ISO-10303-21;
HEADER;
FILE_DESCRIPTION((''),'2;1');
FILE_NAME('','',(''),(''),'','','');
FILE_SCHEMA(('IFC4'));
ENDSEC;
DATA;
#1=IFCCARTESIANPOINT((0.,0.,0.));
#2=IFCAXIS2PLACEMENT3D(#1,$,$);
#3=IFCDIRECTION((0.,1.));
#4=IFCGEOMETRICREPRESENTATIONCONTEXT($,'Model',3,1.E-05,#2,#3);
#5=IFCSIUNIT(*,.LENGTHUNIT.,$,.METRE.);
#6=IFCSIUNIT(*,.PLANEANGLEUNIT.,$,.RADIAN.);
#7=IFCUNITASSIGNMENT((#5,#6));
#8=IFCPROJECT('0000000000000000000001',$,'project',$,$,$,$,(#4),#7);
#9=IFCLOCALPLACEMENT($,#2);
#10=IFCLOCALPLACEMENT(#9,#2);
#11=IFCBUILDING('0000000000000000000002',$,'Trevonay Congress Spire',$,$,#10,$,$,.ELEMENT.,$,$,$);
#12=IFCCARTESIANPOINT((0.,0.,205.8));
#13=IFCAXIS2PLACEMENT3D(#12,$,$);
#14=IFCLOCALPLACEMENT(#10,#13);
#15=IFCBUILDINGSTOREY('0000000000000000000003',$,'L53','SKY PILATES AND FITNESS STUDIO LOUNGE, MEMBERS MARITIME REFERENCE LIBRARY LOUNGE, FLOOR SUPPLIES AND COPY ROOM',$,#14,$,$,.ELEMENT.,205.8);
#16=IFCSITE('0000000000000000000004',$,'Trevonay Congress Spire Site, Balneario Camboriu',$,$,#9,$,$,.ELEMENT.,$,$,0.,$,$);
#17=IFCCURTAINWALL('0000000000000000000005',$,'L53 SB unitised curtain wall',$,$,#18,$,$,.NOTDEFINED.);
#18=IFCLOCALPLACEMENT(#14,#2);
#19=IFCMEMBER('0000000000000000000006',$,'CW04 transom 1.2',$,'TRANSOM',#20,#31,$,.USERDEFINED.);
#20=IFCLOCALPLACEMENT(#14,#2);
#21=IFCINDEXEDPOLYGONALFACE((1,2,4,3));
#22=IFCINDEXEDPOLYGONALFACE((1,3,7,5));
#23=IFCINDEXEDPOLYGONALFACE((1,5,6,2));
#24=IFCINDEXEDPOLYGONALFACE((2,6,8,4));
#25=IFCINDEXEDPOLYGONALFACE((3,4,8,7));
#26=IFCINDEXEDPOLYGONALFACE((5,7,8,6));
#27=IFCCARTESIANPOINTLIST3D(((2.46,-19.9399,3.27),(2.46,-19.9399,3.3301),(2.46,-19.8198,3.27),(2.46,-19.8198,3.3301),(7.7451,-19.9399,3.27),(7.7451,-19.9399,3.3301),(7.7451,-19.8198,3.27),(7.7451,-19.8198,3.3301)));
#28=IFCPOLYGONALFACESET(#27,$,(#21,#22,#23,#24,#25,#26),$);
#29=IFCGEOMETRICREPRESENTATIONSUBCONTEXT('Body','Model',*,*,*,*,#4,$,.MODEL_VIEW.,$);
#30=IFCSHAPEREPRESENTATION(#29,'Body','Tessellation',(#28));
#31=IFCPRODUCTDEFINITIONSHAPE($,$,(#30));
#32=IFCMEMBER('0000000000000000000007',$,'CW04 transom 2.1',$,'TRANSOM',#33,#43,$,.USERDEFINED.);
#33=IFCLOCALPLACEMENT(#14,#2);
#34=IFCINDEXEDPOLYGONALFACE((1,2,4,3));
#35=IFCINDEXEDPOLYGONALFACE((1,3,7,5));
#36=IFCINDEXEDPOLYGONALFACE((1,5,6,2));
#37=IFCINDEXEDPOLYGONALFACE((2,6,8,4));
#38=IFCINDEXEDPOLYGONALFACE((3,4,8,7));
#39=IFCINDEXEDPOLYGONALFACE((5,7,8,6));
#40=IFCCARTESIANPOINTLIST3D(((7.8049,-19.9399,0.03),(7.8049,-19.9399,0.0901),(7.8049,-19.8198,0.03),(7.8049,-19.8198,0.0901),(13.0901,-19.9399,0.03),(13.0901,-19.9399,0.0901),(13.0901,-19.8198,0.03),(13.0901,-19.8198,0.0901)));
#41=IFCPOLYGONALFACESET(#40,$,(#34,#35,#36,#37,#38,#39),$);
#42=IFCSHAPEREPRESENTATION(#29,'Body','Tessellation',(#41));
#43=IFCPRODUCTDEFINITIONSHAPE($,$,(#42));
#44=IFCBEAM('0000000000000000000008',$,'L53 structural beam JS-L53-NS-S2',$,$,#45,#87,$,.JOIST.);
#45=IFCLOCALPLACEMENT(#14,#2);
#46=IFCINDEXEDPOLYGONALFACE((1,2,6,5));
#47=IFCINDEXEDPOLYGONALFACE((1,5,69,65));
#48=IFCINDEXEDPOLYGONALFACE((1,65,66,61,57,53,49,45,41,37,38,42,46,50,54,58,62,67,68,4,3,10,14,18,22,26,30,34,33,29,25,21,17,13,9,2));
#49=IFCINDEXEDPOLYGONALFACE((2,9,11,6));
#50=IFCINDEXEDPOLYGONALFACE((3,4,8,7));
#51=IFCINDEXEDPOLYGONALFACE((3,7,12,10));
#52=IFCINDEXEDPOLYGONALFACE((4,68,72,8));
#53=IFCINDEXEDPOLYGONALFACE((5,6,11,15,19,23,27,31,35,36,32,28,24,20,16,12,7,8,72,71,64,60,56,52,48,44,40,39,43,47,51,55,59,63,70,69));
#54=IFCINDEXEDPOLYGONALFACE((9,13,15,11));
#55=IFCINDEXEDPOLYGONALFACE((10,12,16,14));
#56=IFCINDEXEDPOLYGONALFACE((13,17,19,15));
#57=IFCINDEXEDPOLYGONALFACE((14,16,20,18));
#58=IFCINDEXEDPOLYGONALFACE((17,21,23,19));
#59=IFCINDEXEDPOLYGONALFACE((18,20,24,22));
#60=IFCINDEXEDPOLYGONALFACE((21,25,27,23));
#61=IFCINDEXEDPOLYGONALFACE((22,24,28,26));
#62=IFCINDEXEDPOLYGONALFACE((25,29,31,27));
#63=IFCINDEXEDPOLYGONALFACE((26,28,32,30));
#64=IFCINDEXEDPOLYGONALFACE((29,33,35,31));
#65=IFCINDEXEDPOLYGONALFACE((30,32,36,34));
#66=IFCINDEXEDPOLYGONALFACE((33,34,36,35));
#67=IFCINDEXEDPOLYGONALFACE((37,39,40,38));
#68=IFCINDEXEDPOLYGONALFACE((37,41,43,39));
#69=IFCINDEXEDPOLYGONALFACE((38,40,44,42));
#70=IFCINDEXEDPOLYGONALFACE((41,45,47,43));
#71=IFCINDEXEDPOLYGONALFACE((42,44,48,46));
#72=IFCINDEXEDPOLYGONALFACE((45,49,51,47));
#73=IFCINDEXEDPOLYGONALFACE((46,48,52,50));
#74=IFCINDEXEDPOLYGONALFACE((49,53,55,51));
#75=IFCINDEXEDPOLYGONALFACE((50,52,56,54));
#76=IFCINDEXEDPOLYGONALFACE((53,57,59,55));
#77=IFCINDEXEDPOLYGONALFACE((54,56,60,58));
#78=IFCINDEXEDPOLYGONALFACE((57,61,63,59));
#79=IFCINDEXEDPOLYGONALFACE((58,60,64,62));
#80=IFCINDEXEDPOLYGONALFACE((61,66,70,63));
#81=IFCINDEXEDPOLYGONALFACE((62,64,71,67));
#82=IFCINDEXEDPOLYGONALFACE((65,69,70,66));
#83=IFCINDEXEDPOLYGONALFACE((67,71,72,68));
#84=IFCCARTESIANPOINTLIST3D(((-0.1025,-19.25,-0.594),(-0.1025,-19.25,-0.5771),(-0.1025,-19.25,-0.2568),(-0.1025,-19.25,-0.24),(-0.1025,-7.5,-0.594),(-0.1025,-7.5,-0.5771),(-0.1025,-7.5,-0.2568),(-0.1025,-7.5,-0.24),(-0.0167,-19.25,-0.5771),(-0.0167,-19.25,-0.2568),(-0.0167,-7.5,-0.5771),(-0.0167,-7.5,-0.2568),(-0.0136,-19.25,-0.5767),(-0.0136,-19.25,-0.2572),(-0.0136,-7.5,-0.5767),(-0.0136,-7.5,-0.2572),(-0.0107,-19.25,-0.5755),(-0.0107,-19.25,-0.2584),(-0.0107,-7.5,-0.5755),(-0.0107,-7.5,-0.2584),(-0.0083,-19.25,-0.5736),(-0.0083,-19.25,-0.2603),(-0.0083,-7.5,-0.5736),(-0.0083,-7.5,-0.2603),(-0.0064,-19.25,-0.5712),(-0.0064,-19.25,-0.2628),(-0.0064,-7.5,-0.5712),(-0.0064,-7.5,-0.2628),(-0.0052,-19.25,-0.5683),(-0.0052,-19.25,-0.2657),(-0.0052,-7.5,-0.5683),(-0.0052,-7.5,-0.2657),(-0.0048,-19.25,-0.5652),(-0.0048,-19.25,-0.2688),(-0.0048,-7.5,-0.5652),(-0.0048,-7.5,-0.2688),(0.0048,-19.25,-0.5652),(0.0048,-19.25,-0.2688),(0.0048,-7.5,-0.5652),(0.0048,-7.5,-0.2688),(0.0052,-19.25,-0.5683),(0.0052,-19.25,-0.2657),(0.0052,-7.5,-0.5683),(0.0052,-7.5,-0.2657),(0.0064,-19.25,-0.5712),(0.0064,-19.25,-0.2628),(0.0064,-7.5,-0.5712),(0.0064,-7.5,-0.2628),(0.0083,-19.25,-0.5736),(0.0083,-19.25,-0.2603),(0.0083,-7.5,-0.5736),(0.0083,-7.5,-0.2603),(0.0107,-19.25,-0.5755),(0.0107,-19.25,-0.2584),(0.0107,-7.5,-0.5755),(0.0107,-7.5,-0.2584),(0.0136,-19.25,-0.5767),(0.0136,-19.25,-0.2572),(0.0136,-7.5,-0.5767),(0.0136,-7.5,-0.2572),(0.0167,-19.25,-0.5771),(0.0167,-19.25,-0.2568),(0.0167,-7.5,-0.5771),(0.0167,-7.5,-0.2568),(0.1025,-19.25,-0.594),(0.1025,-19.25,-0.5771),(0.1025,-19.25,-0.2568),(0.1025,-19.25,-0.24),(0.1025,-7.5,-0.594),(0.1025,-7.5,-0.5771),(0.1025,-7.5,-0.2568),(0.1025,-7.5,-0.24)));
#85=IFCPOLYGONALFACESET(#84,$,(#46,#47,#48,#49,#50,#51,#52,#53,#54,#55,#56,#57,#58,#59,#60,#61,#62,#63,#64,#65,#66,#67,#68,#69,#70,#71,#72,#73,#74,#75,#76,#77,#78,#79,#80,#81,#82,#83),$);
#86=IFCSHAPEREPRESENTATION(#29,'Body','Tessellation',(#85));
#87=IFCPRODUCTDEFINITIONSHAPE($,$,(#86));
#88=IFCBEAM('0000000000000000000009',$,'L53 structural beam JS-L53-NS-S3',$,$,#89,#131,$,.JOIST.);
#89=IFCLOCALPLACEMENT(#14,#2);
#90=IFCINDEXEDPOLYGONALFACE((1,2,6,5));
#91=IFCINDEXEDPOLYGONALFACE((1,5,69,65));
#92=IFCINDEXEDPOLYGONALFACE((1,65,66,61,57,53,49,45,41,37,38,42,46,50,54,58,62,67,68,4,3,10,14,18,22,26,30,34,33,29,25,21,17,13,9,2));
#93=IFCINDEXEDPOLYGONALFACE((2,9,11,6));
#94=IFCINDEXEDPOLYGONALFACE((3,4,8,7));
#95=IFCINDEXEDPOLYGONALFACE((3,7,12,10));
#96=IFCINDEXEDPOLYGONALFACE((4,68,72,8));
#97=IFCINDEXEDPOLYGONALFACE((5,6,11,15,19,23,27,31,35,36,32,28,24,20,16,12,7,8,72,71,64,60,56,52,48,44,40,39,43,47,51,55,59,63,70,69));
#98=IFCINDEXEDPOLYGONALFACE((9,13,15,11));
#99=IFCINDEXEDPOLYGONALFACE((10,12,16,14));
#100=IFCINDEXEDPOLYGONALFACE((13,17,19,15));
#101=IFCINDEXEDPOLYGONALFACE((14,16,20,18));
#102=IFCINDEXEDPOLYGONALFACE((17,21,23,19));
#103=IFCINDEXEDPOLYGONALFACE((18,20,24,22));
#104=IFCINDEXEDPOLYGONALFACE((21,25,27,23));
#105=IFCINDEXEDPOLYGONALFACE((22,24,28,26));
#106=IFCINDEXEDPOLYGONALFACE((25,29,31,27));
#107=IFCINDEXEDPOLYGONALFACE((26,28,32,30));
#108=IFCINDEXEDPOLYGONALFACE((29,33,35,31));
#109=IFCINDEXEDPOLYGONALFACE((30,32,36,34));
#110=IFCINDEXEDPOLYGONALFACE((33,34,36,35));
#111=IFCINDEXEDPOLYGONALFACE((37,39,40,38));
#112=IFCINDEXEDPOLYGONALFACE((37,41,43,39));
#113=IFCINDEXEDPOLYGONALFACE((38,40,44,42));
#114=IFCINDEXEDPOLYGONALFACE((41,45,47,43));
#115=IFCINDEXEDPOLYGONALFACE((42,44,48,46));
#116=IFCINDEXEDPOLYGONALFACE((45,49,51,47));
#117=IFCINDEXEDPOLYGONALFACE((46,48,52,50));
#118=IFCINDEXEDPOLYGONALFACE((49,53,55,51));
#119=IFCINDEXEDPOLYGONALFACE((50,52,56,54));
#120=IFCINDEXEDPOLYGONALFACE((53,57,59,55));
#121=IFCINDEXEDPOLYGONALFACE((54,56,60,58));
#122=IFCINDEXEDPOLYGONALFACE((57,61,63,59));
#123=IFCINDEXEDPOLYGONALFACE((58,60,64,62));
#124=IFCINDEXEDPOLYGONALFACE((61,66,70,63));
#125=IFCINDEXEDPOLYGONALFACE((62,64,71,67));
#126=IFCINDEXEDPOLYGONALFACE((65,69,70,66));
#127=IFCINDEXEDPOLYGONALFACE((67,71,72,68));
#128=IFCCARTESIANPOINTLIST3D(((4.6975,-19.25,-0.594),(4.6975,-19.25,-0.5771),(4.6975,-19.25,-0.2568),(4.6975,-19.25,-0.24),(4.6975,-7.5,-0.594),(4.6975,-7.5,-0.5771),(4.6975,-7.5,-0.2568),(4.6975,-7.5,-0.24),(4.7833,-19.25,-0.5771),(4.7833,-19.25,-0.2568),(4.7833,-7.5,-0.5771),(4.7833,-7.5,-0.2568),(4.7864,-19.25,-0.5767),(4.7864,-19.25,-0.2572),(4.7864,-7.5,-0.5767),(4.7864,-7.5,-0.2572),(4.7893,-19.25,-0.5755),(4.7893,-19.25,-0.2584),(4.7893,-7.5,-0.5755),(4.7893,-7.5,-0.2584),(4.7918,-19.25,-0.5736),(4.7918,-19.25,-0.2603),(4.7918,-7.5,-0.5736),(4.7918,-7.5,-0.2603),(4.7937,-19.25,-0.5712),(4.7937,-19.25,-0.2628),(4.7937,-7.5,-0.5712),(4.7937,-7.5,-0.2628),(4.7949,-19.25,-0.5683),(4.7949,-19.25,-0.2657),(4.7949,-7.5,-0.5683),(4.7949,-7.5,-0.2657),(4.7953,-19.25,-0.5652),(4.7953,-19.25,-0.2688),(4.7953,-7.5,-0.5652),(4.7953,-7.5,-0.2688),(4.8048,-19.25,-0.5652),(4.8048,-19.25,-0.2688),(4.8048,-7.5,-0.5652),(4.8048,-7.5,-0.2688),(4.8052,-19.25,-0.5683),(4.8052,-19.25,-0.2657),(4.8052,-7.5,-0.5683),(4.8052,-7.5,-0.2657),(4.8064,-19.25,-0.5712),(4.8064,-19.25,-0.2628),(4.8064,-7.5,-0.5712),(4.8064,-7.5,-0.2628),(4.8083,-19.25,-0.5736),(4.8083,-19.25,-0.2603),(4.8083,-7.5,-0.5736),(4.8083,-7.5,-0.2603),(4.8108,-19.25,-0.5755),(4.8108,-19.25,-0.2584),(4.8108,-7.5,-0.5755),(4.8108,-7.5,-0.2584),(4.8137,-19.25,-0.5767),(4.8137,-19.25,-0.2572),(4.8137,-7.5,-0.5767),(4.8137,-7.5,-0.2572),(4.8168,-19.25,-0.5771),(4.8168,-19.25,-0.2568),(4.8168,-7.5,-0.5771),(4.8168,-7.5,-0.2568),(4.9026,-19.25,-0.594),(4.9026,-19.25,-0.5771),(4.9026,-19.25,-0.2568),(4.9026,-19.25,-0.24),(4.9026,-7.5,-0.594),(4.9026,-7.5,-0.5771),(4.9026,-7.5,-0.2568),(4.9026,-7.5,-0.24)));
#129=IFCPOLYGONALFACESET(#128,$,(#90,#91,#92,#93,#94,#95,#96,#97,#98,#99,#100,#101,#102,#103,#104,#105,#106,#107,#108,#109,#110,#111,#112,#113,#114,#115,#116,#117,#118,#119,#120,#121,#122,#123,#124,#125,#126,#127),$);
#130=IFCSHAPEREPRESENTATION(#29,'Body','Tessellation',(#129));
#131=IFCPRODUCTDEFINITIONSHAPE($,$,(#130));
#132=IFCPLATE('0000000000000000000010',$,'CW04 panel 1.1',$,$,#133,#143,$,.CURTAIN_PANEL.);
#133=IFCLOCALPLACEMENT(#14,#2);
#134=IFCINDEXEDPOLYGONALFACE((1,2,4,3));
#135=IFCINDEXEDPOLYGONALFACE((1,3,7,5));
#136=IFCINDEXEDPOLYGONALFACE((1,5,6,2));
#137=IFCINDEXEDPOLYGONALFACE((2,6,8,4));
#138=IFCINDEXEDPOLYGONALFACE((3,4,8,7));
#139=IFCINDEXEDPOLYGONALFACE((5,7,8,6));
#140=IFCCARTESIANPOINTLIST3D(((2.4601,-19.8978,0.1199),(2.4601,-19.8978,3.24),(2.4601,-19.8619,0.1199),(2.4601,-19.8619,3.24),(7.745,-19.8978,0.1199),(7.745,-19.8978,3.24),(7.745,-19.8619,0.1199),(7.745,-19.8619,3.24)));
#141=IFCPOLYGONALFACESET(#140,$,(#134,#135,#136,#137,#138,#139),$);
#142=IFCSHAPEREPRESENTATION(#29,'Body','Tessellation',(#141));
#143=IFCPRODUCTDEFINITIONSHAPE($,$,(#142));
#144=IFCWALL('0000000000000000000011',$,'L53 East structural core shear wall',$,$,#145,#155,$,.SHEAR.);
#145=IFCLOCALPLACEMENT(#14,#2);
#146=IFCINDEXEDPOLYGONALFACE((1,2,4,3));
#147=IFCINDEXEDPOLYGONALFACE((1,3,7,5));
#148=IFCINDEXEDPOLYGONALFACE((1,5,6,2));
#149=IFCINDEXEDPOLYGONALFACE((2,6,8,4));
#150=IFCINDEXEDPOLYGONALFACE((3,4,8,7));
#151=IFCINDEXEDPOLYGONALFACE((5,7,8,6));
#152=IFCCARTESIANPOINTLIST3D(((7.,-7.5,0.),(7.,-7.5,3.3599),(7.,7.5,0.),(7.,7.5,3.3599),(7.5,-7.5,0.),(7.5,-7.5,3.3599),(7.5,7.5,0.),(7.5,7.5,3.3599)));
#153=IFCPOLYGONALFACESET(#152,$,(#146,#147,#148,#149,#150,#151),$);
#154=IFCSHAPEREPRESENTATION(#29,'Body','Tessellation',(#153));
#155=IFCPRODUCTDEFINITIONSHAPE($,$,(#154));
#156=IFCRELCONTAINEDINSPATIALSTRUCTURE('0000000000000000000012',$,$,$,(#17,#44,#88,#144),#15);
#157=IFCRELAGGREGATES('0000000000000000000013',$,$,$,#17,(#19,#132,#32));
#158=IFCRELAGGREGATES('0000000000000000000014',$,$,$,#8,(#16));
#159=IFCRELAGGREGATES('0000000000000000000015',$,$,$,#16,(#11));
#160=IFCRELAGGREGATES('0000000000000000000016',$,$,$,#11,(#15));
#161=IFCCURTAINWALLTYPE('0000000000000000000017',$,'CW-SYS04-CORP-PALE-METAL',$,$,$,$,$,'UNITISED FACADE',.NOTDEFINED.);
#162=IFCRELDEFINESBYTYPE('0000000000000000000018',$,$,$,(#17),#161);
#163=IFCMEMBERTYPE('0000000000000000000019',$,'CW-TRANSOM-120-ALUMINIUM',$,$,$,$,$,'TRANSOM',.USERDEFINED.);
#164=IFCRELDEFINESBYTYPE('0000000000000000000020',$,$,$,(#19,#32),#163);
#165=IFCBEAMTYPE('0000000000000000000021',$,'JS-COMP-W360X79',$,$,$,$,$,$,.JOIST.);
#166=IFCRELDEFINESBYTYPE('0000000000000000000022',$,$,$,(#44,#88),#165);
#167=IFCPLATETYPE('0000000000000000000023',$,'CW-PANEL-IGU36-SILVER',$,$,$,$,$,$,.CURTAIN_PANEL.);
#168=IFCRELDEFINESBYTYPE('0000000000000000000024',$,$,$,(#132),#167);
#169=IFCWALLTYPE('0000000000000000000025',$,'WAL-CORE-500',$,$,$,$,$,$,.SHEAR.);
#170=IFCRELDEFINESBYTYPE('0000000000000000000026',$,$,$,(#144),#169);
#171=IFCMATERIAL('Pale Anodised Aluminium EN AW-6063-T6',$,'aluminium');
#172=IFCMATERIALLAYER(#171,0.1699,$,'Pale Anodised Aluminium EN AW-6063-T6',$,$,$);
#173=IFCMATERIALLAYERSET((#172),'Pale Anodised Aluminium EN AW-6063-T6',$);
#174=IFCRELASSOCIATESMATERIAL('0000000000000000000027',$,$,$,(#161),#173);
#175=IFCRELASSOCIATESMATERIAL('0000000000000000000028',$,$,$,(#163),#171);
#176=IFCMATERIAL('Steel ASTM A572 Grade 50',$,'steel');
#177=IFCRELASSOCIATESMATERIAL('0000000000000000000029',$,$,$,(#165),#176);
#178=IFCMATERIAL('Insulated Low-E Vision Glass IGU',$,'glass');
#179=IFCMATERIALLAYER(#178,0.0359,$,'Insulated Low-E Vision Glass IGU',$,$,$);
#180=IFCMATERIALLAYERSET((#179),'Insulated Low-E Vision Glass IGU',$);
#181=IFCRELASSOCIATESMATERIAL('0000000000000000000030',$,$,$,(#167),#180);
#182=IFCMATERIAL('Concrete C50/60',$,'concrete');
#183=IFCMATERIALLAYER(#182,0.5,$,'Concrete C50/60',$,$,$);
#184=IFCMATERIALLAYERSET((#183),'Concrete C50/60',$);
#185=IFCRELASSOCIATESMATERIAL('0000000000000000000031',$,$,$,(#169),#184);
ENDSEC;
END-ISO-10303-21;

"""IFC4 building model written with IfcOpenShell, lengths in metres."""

from ifc_helpers import new_model, si_unit, direction, frame, frame_2d, origin, origin_2d, place, context, subcontext, project, spatial, rectangle, i_section, extrude, material, layer, layer_set, material_profile, profile_set, type_object, element, aggregate, save


model = new_model("IFC4")

# Units and contexts
model_context = context("Model", 3, precision=1e-05, world=origin(), true_north=direction((0.0, 1.0)))
body_context = subcontext(model_context, "Body", "Model", "MODEL_VIEW")
ifc_project = project(units=[si_unit("LENGTHUNIT", "METRE"), si_unit("PLANEANGLEUNIT", "RADIAN")], contexts=[model_context])

# Site, building, storey
site_placement = place(None, origin())
site = spatial("IfcSite", under=ifc_project, at=site_placement, Name="Trevonay Congress Spire Site, Balneario Camboriu", CompositionType="ELEMENT", RefElevation=0.0)
building_placement = place(site_placement, origin())
building = spatial("IfcBuilding", under=site, at=building_placement, Name="Trevonay Congress Spire", CompositionType="ELEMENT")
storey_placement = place(building_placement, frame((0.0, 0.0, 205.8)))
storey = spatial("IfcBuildingStorey", under=building, at=storey_placement, Name="L53", Description="SKY PILATES AND FITNESS STUDIO LOUNGE, MEMBERS MARITIME REFERENCE LIBRARY LOUNGE, FLOOR SUPPLIES AND COPY ROOM", CompositionType="ELEMENT", Elevation=205.8)

# Shared definitions
ifc_material_1 = material(Name="Steel ASTM A572 Grade 50", Category="steel")

# Curtain wall, members
ifc_material_2 = material(Name="Pale Anodised Aluminium EN AW-6063-T6", Category="aluminium")
ifc_layer_1 = layer(ifc_material_2, 0.1699, Name="Pale Anodised Aluminium EN AW-6063-T6")
ifc_layer_set_1 = layer_set([ifc_layer_1], Name="Pale Anodised Aluminium EN AW-6063-T6")
curtain_wall_type = type_object("IfcCurtainWallType", Name="CW-SYS04-CORP-PALE-METAL", ElementType="UNITISED FACADE", PredefinedType="NOTDEFINED", material=ifc_layer_set_1)
curtain_wall_placement = place(storey_placement, origin())
curtain_wall = element("IfcCurtainWall", 1, at=curtain_wall_placement, inside=storey, type_object=curtain_wall_type, Name="L53 SB unitised curtain wall", PredefinedType="NOTDEFINED")
ifc_material_profile_1 = material_profile(ifc_material_2, rectangle(XDim=0.1201, YDim=0.0601, at=origin_2d()), Name="CW-TRANSOM-120-ALUMINIUM")
ifc_profile_set_1 = profile_set([ifc_material_profile_1], Name="Pale Anodised Aluminium EN AW-6063-T6")
member_type_1 = type_object("IfcMemberType", Name="CW-TRANSOM-120-ALUMINIUM", ElementType="TRANSOM", PredefinedType="USERDEFINED", material=ifc_profile_set_1)
member_1_placement = place(storey_placement, frame((2.46, -19.8799, 3.3), z_axis=(1.0, 0.0, 0.0), x_axis=(0.0, 1.0, 0.0)))
member_1 = element("IfcMember", 2, at=member_1_placement, type_object=member_type_1, Name="CW04 transom 1.2", ObjectType="TRANSOM", PredefinedType="USERDEFINED", context=body_context, shape_type="SweptSolid", body=[
    extrude(rectangle(XDim=0.1201, YDim=0.0601, at=origin_2d()), origin(), (0.0, 0.0, 1.0), 5.2852),
])
member_2_placement = place(storey_placement, frame((7.8049, -19.8799, 0.0601), z_axis=(1.0, 0.0, 0.0), x_axis=(0.0, 1.0, 0.0)))
member_2 = element("IfcMember", 3, at=member_2_placement, type_object=member_type_1, Name="CW04 transom 2.1", ObjectType="TRANSOM", PredefinedType="USERDEFINED", context=body_context, shape_type="SweptSolid", body=[
    extrude(rectangle(XDim=0.1201, YDim=0.0601, at=origin_2d()), origin(), (0.0, 0.0, 1.0), 5.2852),
])

# Beams
ifc_material_profile_2 = material_profile(ifc_material_1, i_section(OverallWidth=0.2051, OverallDepth=0.354, WebThickness=0.0095, FlangeThickness=0.0168, FilletRadius=0.012, at=origin_2d()), Name="W360x79")
ifc_profile_set_2 = profile_set([ifc_material_profile_2], Name="Steel ASTM A572 Grade 50")
beam_type_1 = type_object("IfcBeamType", Name="JS-COMP-W360X79", PredefinedType="JOIST", material=ifc_profile_set_2)
for number, where, z_axis, x_axis, name in (
    (4, (0.0, -19.25, -0.417), (0.0, 1.0, 0.0), (-1.0, 0.0, 0.0), "L53 structural beam JS-L53-NS-S2"),
    (5, (4.8, -19.25, -0.417), (0.0, 1.0, 0.0), (-1.0, 0.0, 0.0), "L53 structural beam JS-L53-NS-S3"),
):
    element("IfcBeam", number, at=place(storey_placement, frame(where, z_axis=z_axis, x_axis=x_axis)), inside=storey, type_object=beam_type_1, Name=name, PredefinedType="JOIST", context=body_context, shape_type="SweptSolid", body=[
        extrude(i_section(OverallWidth=0.2051, OverallDepth=0.354, WebThickness=0.0095, FlangeThickness=0.0168, FilletRadius=0.012, at=origin_2d()), origin(), (0.0, 0.0, 1.0), 11.75),
    ])

# Plate
ifc_material_3 = material(Name="Insulated Low-E Vision Glass IGU", Category="glass")
ifc_layer_2 = layer(ifc_material_3, 0.0359, Name="Insulated Low-E Vision Glass IGU")
ifc_layer_set_2 = layer_set([ifc_layer_2], Name="Insulated Low-E Vision Glass IGU")
plate_type = type_object("IfcPlateType", Name="CW-PANEL-IGU36-SILVER", PredefinedType="CURTAIN_PANEL", material=ifc_layer_set_2)
plate_placement = place(storey_placement, frame((5.1025, -19.8799, 0.1199), z_axis=(0.0, 0.0, 1.0), x_axis=(1.0, 0.0, 0.0)))
plate = element("IfcPlate", 6, at=plate_placement, type_object=plate_type, Name="CW04 panel 1.1", PredefinedType="CURTAIN_PANEL", context=body_context, shape_type="SweptSolid", body=[
    extrude(rectangle(XDim=5.2849, YDim=0.0359, at=origin_2d()), origin(), (0.0, 0.0, 1.0), 3.1201),
])
aggregate(curtain_wall, [member_1, plate, member_2])

# Wall
ifc_material_4 = material(Name="Concrete C50/60", Category="concrete")
ifc_layer_3 = layer(ifc_material_4, 0.5, Name="Concrete C50/60")
ifc_layer_set_3 = layer_set([ifc_layer_3], Name="Concrete C50/60")
wall_type = type_object("IfcWallType", Name="WAL-CORE-500", PredefinedType="SHEAR", material=ifc_layer_set_3)
wall_placement = place(storey_placement, frame((7.25, -7.5, 0.0), z_axis=(0.0, 0.0, 1.0), x_axis=(0.0, 1.0, 0.0)))
element("IfcWall", 7, at=wall_placement, inside=storey, type_object=wall_type, Name="L53 East structural core shear wall", PredefinedType="SHEAR", context=body_context, shape_type="SweptSolid", body=[
    extrude(rectangle(XDim=15.0, YDim=0.5, at=frame_2d((7.5, 0.0))), origin(), (0.0, 0.0, 1.0), 3.3599),
])

save(model, "model.ifc")
